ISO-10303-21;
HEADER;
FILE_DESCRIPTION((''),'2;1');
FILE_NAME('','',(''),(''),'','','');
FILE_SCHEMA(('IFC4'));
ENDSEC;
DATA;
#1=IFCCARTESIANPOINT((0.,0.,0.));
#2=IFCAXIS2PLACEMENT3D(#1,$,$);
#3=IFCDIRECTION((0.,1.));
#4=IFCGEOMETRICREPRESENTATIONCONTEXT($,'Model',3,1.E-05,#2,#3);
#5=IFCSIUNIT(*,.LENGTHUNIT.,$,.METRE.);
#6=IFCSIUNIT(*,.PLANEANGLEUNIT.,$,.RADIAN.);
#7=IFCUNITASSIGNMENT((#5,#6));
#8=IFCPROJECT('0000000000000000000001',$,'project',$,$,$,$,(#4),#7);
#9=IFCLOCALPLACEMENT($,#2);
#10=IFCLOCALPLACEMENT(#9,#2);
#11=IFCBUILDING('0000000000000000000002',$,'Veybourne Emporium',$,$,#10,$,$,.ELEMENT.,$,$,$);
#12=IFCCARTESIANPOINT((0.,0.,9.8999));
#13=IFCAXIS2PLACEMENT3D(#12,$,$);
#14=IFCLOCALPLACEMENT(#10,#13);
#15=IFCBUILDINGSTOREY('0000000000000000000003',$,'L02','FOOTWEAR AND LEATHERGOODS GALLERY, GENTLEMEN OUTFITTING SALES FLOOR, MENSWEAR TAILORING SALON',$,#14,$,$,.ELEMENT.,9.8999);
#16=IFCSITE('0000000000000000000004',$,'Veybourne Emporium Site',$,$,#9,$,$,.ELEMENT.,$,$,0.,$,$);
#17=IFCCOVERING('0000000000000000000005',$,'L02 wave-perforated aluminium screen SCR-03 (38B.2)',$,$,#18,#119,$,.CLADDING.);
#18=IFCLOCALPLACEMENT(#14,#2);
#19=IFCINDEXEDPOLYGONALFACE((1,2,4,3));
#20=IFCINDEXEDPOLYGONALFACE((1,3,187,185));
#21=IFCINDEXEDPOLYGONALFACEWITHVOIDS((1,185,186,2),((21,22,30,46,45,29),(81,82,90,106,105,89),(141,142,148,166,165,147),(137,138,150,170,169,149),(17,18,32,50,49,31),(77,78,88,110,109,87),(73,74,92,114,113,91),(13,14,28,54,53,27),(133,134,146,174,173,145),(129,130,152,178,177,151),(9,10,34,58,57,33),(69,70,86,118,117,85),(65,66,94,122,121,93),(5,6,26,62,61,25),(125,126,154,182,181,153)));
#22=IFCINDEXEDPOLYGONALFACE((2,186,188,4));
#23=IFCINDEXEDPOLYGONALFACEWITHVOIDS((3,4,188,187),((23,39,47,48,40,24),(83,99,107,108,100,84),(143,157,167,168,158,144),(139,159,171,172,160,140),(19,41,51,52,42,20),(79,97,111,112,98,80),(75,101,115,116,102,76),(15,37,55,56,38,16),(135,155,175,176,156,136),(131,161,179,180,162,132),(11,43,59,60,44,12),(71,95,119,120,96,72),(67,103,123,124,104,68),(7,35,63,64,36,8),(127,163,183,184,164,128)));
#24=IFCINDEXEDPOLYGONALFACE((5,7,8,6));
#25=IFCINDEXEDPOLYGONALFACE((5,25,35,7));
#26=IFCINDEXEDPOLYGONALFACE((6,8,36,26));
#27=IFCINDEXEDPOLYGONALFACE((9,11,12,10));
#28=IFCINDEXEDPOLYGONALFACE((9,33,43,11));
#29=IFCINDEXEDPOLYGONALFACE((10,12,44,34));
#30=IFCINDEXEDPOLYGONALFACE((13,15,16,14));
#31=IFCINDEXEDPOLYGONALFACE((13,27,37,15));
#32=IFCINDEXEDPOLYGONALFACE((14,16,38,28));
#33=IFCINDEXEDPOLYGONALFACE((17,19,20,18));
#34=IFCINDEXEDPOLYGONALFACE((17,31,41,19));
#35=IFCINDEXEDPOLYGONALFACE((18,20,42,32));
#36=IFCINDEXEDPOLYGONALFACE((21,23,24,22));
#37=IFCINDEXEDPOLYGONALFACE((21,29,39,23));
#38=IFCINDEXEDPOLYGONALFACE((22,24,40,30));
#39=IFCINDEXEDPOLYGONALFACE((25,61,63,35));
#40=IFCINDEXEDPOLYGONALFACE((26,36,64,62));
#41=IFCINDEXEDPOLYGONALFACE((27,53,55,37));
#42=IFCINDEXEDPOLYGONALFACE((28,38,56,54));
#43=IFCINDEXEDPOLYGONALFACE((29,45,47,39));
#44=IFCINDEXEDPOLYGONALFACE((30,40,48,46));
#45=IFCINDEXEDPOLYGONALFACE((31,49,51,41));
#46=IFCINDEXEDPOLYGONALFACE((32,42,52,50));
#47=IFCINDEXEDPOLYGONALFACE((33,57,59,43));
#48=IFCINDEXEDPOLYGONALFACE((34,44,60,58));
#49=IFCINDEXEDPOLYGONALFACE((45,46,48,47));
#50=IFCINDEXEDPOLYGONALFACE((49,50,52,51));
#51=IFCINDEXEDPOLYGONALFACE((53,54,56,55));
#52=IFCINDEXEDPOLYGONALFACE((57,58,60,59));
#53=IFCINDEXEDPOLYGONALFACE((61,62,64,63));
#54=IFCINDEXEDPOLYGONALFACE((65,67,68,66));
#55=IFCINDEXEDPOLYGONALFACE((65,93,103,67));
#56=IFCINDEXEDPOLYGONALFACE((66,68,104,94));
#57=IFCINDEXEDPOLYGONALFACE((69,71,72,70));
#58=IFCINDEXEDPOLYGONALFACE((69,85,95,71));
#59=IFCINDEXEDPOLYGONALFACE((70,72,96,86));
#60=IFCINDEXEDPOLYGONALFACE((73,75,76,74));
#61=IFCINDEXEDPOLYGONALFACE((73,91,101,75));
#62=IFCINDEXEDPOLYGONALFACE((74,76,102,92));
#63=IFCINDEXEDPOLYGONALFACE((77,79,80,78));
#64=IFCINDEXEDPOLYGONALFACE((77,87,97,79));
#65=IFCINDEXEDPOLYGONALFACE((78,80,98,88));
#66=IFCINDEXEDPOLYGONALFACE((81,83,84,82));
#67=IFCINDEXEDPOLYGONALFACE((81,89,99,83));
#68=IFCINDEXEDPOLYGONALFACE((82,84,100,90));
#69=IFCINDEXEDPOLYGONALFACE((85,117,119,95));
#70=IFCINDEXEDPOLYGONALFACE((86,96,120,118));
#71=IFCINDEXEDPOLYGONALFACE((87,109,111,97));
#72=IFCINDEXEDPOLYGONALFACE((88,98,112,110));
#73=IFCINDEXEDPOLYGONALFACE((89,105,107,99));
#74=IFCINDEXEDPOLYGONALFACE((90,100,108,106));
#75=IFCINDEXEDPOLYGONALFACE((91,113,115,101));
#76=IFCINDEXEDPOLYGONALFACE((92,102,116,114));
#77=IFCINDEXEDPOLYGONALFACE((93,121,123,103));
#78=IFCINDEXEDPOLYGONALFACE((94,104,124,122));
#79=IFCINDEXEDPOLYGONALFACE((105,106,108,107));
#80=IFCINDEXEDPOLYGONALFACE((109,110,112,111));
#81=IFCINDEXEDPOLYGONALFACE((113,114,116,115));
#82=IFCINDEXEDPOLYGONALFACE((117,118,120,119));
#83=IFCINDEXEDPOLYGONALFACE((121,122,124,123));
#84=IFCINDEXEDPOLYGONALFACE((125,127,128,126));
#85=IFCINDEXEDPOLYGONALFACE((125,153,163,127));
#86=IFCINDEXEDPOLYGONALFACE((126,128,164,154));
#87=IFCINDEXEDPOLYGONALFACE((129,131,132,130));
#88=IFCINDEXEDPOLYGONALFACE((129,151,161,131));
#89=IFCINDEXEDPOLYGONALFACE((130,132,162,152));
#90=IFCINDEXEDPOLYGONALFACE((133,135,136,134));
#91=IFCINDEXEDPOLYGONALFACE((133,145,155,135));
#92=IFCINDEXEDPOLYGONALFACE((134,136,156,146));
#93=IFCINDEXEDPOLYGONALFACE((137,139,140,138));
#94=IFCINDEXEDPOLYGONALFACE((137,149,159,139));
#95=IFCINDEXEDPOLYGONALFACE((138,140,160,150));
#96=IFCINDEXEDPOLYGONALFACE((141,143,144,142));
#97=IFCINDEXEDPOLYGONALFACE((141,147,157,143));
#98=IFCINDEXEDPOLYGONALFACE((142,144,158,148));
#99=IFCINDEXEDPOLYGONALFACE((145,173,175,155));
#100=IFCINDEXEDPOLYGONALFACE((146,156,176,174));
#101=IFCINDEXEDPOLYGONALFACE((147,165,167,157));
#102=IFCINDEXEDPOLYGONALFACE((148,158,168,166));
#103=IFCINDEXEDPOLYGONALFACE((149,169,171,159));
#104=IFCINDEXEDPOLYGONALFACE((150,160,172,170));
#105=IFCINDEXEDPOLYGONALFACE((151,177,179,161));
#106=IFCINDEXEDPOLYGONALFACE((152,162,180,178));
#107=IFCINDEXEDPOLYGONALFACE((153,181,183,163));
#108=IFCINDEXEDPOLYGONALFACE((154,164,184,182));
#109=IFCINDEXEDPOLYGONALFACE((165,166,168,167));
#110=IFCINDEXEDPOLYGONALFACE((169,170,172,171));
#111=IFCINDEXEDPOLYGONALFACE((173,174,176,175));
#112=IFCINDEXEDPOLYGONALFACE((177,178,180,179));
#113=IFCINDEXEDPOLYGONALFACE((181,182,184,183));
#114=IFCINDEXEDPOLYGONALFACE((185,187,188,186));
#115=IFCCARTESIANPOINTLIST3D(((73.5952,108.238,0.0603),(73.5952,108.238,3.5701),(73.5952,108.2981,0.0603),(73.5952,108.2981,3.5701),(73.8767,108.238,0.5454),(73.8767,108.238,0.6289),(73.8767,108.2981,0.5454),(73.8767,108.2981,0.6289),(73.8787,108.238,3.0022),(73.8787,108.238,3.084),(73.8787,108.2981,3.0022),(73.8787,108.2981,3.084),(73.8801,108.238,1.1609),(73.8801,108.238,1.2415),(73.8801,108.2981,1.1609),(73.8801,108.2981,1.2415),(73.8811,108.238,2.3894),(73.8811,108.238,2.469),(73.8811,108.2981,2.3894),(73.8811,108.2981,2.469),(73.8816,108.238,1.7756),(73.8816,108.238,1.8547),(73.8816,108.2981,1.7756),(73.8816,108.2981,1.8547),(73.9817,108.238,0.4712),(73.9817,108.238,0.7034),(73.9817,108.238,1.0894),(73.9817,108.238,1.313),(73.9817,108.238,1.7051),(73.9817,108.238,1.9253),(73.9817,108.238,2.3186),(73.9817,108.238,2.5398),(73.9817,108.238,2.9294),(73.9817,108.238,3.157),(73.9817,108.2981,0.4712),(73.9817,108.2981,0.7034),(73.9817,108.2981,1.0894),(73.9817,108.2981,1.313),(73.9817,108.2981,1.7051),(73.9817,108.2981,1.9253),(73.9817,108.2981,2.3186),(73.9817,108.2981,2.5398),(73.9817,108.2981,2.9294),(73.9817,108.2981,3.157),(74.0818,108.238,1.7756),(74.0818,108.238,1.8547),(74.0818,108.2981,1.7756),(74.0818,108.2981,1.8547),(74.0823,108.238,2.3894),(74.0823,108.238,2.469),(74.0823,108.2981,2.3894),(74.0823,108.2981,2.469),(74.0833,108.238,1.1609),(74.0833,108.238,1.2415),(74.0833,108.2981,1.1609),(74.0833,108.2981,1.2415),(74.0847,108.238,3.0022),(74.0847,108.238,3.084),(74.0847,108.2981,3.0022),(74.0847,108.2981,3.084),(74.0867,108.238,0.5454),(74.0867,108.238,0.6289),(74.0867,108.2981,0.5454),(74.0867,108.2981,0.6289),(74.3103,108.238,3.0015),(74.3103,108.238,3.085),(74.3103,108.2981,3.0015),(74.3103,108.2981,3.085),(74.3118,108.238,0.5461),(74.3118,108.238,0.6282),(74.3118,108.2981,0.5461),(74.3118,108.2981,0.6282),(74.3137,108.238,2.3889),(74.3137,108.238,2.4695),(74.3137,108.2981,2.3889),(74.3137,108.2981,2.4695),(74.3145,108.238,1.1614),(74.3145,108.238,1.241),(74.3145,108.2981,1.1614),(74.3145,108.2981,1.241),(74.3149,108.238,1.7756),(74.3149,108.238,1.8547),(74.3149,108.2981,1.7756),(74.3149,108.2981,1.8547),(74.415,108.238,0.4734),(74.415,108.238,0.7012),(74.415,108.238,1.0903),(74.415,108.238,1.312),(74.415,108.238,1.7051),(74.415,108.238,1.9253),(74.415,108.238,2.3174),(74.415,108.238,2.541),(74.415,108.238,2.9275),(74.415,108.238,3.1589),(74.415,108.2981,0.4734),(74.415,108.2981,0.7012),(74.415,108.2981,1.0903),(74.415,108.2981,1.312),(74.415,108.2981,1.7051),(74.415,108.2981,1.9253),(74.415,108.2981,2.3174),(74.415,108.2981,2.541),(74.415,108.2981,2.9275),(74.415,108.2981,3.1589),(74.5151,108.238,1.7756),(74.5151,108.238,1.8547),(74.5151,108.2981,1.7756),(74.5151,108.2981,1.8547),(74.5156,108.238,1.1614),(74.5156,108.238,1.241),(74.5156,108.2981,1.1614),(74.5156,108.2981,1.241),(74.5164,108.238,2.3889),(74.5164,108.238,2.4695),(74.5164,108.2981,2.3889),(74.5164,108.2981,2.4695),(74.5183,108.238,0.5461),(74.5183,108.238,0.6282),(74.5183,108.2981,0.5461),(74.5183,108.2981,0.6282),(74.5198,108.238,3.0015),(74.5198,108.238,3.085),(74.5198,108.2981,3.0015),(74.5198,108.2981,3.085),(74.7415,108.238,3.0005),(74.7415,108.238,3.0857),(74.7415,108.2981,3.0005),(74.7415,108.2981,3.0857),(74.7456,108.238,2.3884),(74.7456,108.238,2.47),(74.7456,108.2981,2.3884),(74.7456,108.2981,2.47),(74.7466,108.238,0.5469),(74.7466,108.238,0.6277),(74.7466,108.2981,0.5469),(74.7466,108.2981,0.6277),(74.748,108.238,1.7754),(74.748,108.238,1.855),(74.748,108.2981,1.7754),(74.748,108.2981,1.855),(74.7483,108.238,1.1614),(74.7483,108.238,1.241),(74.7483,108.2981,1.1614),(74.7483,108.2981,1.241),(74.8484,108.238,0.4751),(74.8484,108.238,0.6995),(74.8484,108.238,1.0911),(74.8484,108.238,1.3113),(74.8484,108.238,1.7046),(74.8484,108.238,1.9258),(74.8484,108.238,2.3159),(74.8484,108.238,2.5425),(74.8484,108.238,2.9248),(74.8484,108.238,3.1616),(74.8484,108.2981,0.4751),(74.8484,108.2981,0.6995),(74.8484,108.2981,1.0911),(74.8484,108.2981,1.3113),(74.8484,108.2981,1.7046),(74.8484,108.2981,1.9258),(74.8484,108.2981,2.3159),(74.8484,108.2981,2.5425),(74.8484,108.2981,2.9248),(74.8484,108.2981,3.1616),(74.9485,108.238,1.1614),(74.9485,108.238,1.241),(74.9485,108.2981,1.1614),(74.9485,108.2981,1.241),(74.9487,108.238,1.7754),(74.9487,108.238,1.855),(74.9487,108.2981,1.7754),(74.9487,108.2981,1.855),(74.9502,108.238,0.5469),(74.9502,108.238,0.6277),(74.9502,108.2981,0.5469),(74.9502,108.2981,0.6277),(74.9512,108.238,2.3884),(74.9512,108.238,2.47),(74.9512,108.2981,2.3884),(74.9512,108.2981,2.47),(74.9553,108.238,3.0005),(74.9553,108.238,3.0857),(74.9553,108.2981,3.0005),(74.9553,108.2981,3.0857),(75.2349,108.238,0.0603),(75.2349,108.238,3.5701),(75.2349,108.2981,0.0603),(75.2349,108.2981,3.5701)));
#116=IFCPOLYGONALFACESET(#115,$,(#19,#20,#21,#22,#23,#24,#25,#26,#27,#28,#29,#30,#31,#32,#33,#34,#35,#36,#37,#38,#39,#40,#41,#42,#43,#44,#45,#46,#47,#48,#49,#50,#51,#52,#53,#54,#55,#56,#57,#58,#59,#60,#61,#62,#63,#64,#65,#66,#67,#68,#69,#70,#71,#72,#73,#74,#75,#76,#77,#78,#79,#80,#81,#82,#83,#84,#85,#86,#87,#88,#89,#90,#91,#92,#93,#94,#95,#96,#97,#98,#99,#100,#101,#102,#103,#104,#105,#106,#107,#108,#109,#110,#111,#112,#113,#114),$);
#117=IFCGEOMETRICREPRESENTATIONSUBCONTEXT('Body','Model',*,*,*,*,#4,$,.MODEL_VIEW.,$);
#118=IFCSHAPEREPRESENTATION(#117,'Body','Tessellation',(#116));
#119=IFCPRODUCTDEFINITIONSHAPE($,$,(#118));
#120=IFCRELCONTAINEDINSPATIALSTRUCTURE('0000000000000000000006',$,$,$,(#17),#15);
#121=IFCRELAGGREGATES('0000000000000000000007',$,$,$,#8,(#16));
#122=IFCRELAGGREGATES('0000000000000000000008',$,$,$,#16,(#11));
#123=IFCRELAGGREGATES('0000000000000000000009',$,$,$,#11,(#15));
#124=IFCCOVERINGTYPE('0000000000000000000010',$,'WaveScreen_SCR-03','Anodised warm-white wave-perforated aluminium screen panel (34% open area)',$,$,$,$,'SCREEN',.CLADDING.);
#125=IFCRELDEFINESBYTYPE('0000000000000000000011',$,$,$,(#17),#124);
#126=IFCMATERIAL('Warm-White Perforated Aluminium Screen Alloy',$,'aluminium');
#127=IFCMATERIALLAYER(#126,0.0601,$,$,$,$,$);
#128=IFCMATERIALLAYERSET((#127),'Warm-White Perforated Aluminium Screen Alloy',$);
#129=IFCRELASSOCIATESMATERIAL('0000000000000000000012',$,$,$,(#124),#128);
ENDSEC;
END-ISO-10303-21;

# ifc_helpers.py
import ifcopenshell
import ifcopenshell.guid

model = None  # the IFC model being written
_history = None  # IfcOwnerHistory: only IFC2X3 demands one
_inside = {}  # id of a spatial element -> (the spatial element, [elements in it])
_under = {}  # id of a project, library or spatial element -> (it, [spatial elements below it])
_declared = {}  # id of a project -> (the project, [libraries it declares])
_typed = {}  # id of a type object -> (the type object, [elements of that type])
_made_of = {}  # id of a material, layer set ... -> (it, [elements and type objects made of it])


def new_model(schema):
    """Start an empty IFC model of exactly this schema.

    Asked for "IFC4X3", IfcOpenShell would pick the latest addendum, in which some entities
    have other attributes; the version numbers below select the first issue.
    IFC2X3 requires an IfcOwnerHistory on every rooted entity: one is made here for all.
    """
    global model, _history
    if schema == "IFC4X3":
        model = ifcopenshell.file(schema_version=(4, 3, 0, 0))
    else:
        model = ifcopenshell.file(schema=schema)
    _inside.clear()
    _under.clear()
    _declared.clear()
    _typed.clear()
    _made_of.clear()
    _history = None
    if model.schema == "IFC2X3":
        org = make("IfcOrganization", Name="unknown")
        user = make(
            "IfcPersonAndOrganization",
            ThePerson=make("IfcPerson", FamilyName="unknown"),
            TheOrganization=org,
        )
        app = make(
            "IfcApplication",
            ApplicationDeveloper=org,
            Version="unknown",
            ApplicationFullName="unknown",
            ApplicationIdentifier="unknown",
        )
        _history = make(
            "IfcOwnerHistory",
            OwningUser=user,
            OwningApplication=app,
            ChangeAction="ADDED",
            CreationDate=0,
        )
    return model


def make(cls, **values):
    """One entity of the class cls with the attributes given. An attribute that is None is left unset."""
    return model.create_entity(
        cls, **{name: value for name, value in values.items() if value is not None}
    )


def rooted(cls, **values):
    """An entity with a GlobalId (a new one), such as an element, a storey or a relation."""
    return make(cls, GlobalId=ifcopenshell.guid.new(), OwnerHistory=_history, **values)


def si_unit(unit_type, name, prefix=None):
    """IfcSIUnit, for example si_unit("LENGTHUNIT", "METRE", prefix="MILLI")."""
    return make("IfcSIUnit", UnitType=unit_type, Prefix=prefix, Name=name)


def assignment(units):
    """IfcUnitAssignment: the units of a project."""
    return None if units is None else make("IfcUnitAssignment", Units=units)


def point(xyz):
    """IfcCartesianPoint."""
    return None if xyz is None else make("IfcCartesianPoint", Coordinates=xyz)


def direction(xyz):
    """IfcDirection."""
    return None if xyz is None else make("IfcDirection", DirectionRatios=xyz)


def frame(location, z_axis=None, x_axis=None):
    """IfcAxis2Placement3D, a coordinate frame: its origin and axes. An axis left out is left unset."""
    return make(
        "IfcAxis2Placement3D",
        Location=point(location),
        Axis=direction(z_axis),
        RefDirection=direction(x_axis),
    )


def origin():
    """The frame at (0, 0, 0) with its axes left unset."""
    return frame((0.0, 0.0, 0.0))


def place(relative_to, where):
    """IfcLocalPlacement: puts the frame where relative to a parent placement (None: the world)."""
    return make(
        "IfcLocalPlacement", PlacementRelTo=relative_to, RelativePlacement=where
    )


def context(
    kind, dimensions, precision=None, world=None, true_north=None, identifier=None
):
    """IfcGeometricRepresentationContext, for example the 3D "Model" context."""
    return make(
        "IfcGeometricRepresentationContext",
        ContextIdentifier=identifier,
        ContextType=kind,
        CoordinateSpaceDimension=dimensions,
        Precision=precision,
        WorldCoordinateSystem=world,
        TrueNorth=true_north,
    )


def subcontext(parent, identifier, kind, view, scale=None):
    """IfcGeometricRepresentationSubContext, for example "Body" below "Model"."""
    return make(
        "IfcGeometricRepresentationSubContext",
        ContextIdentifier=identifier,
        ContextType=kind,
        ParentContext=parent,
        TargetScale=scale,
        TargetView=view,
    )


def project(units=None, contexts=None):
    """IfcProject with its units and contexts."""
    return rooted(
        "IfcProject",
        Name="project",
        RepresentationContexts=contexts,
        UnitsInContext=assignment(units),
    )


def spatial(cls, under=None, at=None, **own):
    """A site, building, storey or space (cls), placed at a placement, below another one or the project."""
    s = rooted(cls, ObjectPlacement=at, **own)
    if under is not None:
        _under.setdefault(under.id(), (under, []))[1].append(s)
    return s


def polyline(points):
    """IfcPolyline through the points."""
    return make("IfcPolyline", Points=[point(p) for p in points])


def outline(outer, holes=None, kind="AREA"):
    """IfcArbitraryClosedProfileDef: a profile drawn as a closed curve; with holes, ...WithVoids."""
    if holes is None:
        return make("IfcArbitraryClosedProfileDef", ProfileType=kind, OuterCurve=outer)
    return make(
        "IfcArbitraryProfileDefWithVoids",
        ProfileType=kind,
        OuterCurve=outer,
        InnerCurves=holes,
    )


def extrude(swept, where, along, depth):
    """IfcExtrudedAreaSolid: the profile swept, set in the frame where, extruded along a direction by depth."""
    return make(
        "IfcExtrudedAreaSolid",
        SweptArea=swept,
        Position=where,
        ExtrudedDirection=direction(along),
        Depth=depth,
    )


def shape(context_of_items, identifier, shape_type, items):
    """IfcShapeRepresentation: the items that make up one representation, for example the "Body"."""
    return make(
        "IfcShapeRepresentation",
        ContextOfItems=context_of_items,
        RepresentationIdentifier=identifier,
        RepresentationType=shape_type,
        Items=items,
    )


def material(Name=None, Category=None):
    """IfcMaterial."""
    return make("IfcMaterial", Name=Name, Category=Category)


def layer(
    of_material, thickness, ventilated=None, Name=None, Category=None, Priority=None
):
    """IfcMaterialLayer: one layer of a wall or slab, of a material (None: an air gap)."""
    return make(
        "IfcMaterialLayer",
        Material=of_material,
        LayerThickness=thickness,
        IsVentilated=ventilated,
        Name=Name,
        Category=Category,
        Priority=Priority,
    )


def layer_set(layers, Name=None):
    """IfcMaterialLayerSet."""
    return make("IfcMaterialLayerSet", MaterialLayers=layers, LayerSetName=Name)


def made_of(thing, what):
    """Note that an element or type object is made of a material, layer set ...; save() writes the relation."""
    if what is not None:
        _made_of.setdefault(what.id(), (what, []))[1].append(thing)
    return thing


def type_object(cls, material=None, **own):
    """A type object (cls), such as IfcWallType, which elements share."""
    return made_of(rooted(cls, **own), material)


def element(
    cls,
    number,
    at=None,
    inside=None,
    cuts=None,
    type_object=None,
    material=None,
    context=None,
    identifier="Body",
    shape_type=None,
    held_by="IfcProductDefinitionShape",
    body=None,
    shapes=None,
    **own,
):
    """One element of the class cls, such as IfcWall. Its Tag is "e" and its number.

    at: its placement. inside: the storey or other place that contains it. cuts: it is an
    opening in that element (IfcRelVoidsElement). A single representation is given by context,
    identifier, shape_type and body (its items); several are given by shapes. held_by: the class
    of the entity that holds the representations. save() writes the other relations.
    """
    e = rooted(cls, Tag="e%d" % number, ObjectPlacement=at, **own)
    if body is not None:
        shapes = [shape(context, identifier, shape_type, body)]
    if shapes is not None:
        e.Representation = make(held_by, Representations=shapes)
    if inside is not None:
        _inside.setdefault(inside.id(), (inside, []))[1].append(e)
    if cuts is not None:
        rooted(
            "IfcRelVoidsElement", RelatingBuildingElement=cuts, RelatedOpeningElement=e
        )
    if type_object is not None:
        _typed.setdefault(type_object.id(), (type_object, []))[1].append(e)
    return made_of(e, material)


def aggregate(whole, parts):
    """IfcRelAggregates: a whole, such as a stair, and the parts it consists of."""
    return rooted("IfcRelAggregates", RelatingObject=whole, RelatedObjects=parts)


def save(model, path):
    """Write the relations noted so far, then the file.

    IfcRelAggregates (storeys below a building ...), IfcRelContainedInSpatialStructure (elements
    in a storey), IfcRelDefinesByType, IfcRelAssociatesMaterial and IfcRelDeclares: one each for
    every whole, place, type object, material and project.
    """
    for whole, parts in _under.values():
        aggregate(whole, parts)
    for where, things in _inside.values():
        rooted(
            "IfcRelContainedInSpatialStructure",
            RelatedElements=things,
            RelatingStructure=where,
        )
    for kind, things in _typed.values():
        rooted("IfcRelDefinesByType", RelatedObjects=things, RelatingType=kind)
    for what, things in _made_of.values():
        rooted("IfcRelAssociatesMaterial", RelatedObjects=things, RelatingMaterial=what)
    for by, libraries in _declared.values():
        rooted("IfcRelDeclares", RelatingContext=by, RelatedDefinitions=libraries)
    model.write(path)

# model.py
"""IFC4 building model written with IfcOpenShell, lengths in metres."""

from ifc_helpers import new_model, si_unit, direction, frame, origin, place, context, subcontext, project, spatial, polyline, outline, extrude, material, layer, layer_set, type_object, element, save


model = new_model("IFC4")

# Units and contexts
model_context = context("Model", 3, precision=1e-05, world=origin(), true_north=direction((0.0, 1.0)))
body_context = subcontext(model_context, "Body", "Model", "MODEL_VIEW")
ifc_project = project(units=[si_unit("LENGTHUNIT", "METRE"), si_unit("PLANEANGLEUNIT", "RADIAN")], contexts=[model_context])

# Site, building, storey
site_placement = place(None, origin())
site = spatial("IfcSite", under=ifc_project, at=site_placement, Name="Veybourne Emporium Site", CompositionType="ELEMENT", RefElevation=0.0)
building_placement = place(site_placement, origin())
building = spatial("IfcBuilding", under=site, at=building_placement, Name="Veybourne Emporium", CompositionType="ELEMENT")
storey_placement = place(building_placement, frame((0.0, 0.0, 9.8999)))
storey = spatial("IfcBuildingStorey", under=building, at=storey_placement, Name="L02", Description="FOOTWEAR AND LEATHERGOODS GALLERY, GENTLEMEN OUTFITTING SALES FLOOR, MENSWEAR TAILORING SALON", CompositionType="ELEMENT", Elevation=9.8999)

# Covering
ifc_material_1 = material(Name="Warm-White Perforated Aluminium Screen Alloy", Category="aluminium")
ifc_layer_1 = layer(ifc_material_1, 0.0601)
ifc_layer_set_1 = layer_set([ifc_layer_1], Name="Warm-White Perforated Aluminium Screen Alloy")
covering_type_1 = type_object("IfcCoveringType", Name="WaveScreen_SCR-03", Description="Anodised warm-white wave-perforated aluminium screen panel (34% open area)", ElementType="SCREEN", PredefinedType="CLADDING", material=ifc_layer_set_1)
covering_1_placement = place(storey_placement, frame((74.415, 108.2981, 1.8152), z_axis=(0.0, -1.0, 0.0), x_axis=(1.0, 0.0, 0.0)))
element("IfcCovering", 1, at=covering_1_placement, inside=storey, type_object=covering_type_1, Name="L02 wave-perforated aluminium screen SCR-03 (38B.2)", PredefinedType="CLADDING", context=body_context, shape_type="SweptSolid", body=[
    extrude(outline(polyline([(-0.8198, -1.7549), (0.8198, -1.7549), (0.8198, 1.7549), (-0.8198, 1.7549), (-0.8198, -1.7549)]), holes=[polyline([(-0.4333, -1.1118), (-0.3284, -1.1863), (-0.3284, -1.2698), (-0.4333, -1.344), (-0.5383, -1.2698), (-0.5383, -1.1863), (-0.4333, -1.1118)]), polyline([(-0.4333, -0.5022), (-0.3318, -0.5737), (-0.3318, -0.6543), (-0.4333, -0.7258), (-0.5349, -0.6543), (-0.5349, -0.5737), (-0.4333, -0.5022)]), polyline([(-0.4333, 0.1101), (-0.3333, 0.0396), (-0.3333, -0.0396), (-0.4333, -0.1101), (-0.5334, -0.0396), (-0.5334, 0.0396), (-0.4333, 0.1101)]), polyline([(-0.4333, 0.7246), (-0.3328, 0.6538), (-0.3328, 0.5742), (-0.4333, 0.5034), (-0.5339, 0.5742), (-0.5339, 0.6538), (-0.4333, 0.7246)]), polyline([(-0.4333, 1.3418), (-0.3303, 1.2688), (-0.3303, 1.187), (-0.4333, 1.1143), (-0.5364, 1.187), (-0.5364, 1.2688), (-0.4333, 1.3418)]), polyline([(0.0, -1.114), (0.1033, -1.187), (0.1033, -1.269), (0.0, -1.3418), (-0.1033, -1.269), (-0.1033, -1.187), (0.0, -1.114)]), polyline([(0.0, -0.5032), (0.1006, -0.5742), (0.1006, -0.6538), (0.0, -0.7249), (-0.1006, -0.6538), (-0.1006, -0.5742), (0.0, -0.5032)]), polyline([(0.0, 0.1101), (0.1001, 0.0396), (0.1001, -0.0396), (0.0, -0.1101), (-0.1001, -0.0396), (-0.1001, 0.0396), (0.0, 0.1101)]), polyline([(0.0, 0.7258), (0.1013, 0.6543), (0.1013, 0.5737), (0.0, 0.5022), (-0.1013, 0.5737), (-0.1013, 0.6543), (0.0, 0.7258)]), polyline([(0.0, 1.3438), (0.1047, 1.2698), (0.1047, 1.1863), (0.0, 1.1123), (-0.1047, 1.1863), (-0.1047, 1.2698), (0.0, 1.3438)]), polyline([(0.4333, -1.1157), (0.5352, -1.1875), (0.5352, -1.2683), (0.4333, -1.3401), (0.3315, -1.2683), (0.3315, -1.1875), (0.4333, -1.1157)]), polyline([(0.4333, -0.5039), (0.5334, -0.5742), (0.5334, -0.6538), (0.4333, -0.7241), (0.3333, -0.6538), (0.3333, -0.5742), (0.4333, -0.5039)]), polyline([(0.4333, 0.1106), (0.5337, 0.0398), (0.5337, -0.0398), (0.4333, -0.1106), (0.333, -0.0398), (0.333, 0.0398), (0.4333, 0.1106)]), polyline([(0.4333, 0.7273), (0.5361, 0.6548), (0.5361, 0.5732), (0.4333, 0.5007), (0.3306, 0.5732), (0.3306, 0.6548), (0.4333, 0.7273)]), polyline([(0.4333, 1.3464), (0.5403, 1.2705), (0.5403, 1.1853), (0.4333, 1.1096), (0.3264, 1.1853), (0.3264, 1.2705), (0.4333, 1.3464)])]), origin(), (0.0, 0.0, 1.0), 0.0601),
])

save(model, "model.ifc")
